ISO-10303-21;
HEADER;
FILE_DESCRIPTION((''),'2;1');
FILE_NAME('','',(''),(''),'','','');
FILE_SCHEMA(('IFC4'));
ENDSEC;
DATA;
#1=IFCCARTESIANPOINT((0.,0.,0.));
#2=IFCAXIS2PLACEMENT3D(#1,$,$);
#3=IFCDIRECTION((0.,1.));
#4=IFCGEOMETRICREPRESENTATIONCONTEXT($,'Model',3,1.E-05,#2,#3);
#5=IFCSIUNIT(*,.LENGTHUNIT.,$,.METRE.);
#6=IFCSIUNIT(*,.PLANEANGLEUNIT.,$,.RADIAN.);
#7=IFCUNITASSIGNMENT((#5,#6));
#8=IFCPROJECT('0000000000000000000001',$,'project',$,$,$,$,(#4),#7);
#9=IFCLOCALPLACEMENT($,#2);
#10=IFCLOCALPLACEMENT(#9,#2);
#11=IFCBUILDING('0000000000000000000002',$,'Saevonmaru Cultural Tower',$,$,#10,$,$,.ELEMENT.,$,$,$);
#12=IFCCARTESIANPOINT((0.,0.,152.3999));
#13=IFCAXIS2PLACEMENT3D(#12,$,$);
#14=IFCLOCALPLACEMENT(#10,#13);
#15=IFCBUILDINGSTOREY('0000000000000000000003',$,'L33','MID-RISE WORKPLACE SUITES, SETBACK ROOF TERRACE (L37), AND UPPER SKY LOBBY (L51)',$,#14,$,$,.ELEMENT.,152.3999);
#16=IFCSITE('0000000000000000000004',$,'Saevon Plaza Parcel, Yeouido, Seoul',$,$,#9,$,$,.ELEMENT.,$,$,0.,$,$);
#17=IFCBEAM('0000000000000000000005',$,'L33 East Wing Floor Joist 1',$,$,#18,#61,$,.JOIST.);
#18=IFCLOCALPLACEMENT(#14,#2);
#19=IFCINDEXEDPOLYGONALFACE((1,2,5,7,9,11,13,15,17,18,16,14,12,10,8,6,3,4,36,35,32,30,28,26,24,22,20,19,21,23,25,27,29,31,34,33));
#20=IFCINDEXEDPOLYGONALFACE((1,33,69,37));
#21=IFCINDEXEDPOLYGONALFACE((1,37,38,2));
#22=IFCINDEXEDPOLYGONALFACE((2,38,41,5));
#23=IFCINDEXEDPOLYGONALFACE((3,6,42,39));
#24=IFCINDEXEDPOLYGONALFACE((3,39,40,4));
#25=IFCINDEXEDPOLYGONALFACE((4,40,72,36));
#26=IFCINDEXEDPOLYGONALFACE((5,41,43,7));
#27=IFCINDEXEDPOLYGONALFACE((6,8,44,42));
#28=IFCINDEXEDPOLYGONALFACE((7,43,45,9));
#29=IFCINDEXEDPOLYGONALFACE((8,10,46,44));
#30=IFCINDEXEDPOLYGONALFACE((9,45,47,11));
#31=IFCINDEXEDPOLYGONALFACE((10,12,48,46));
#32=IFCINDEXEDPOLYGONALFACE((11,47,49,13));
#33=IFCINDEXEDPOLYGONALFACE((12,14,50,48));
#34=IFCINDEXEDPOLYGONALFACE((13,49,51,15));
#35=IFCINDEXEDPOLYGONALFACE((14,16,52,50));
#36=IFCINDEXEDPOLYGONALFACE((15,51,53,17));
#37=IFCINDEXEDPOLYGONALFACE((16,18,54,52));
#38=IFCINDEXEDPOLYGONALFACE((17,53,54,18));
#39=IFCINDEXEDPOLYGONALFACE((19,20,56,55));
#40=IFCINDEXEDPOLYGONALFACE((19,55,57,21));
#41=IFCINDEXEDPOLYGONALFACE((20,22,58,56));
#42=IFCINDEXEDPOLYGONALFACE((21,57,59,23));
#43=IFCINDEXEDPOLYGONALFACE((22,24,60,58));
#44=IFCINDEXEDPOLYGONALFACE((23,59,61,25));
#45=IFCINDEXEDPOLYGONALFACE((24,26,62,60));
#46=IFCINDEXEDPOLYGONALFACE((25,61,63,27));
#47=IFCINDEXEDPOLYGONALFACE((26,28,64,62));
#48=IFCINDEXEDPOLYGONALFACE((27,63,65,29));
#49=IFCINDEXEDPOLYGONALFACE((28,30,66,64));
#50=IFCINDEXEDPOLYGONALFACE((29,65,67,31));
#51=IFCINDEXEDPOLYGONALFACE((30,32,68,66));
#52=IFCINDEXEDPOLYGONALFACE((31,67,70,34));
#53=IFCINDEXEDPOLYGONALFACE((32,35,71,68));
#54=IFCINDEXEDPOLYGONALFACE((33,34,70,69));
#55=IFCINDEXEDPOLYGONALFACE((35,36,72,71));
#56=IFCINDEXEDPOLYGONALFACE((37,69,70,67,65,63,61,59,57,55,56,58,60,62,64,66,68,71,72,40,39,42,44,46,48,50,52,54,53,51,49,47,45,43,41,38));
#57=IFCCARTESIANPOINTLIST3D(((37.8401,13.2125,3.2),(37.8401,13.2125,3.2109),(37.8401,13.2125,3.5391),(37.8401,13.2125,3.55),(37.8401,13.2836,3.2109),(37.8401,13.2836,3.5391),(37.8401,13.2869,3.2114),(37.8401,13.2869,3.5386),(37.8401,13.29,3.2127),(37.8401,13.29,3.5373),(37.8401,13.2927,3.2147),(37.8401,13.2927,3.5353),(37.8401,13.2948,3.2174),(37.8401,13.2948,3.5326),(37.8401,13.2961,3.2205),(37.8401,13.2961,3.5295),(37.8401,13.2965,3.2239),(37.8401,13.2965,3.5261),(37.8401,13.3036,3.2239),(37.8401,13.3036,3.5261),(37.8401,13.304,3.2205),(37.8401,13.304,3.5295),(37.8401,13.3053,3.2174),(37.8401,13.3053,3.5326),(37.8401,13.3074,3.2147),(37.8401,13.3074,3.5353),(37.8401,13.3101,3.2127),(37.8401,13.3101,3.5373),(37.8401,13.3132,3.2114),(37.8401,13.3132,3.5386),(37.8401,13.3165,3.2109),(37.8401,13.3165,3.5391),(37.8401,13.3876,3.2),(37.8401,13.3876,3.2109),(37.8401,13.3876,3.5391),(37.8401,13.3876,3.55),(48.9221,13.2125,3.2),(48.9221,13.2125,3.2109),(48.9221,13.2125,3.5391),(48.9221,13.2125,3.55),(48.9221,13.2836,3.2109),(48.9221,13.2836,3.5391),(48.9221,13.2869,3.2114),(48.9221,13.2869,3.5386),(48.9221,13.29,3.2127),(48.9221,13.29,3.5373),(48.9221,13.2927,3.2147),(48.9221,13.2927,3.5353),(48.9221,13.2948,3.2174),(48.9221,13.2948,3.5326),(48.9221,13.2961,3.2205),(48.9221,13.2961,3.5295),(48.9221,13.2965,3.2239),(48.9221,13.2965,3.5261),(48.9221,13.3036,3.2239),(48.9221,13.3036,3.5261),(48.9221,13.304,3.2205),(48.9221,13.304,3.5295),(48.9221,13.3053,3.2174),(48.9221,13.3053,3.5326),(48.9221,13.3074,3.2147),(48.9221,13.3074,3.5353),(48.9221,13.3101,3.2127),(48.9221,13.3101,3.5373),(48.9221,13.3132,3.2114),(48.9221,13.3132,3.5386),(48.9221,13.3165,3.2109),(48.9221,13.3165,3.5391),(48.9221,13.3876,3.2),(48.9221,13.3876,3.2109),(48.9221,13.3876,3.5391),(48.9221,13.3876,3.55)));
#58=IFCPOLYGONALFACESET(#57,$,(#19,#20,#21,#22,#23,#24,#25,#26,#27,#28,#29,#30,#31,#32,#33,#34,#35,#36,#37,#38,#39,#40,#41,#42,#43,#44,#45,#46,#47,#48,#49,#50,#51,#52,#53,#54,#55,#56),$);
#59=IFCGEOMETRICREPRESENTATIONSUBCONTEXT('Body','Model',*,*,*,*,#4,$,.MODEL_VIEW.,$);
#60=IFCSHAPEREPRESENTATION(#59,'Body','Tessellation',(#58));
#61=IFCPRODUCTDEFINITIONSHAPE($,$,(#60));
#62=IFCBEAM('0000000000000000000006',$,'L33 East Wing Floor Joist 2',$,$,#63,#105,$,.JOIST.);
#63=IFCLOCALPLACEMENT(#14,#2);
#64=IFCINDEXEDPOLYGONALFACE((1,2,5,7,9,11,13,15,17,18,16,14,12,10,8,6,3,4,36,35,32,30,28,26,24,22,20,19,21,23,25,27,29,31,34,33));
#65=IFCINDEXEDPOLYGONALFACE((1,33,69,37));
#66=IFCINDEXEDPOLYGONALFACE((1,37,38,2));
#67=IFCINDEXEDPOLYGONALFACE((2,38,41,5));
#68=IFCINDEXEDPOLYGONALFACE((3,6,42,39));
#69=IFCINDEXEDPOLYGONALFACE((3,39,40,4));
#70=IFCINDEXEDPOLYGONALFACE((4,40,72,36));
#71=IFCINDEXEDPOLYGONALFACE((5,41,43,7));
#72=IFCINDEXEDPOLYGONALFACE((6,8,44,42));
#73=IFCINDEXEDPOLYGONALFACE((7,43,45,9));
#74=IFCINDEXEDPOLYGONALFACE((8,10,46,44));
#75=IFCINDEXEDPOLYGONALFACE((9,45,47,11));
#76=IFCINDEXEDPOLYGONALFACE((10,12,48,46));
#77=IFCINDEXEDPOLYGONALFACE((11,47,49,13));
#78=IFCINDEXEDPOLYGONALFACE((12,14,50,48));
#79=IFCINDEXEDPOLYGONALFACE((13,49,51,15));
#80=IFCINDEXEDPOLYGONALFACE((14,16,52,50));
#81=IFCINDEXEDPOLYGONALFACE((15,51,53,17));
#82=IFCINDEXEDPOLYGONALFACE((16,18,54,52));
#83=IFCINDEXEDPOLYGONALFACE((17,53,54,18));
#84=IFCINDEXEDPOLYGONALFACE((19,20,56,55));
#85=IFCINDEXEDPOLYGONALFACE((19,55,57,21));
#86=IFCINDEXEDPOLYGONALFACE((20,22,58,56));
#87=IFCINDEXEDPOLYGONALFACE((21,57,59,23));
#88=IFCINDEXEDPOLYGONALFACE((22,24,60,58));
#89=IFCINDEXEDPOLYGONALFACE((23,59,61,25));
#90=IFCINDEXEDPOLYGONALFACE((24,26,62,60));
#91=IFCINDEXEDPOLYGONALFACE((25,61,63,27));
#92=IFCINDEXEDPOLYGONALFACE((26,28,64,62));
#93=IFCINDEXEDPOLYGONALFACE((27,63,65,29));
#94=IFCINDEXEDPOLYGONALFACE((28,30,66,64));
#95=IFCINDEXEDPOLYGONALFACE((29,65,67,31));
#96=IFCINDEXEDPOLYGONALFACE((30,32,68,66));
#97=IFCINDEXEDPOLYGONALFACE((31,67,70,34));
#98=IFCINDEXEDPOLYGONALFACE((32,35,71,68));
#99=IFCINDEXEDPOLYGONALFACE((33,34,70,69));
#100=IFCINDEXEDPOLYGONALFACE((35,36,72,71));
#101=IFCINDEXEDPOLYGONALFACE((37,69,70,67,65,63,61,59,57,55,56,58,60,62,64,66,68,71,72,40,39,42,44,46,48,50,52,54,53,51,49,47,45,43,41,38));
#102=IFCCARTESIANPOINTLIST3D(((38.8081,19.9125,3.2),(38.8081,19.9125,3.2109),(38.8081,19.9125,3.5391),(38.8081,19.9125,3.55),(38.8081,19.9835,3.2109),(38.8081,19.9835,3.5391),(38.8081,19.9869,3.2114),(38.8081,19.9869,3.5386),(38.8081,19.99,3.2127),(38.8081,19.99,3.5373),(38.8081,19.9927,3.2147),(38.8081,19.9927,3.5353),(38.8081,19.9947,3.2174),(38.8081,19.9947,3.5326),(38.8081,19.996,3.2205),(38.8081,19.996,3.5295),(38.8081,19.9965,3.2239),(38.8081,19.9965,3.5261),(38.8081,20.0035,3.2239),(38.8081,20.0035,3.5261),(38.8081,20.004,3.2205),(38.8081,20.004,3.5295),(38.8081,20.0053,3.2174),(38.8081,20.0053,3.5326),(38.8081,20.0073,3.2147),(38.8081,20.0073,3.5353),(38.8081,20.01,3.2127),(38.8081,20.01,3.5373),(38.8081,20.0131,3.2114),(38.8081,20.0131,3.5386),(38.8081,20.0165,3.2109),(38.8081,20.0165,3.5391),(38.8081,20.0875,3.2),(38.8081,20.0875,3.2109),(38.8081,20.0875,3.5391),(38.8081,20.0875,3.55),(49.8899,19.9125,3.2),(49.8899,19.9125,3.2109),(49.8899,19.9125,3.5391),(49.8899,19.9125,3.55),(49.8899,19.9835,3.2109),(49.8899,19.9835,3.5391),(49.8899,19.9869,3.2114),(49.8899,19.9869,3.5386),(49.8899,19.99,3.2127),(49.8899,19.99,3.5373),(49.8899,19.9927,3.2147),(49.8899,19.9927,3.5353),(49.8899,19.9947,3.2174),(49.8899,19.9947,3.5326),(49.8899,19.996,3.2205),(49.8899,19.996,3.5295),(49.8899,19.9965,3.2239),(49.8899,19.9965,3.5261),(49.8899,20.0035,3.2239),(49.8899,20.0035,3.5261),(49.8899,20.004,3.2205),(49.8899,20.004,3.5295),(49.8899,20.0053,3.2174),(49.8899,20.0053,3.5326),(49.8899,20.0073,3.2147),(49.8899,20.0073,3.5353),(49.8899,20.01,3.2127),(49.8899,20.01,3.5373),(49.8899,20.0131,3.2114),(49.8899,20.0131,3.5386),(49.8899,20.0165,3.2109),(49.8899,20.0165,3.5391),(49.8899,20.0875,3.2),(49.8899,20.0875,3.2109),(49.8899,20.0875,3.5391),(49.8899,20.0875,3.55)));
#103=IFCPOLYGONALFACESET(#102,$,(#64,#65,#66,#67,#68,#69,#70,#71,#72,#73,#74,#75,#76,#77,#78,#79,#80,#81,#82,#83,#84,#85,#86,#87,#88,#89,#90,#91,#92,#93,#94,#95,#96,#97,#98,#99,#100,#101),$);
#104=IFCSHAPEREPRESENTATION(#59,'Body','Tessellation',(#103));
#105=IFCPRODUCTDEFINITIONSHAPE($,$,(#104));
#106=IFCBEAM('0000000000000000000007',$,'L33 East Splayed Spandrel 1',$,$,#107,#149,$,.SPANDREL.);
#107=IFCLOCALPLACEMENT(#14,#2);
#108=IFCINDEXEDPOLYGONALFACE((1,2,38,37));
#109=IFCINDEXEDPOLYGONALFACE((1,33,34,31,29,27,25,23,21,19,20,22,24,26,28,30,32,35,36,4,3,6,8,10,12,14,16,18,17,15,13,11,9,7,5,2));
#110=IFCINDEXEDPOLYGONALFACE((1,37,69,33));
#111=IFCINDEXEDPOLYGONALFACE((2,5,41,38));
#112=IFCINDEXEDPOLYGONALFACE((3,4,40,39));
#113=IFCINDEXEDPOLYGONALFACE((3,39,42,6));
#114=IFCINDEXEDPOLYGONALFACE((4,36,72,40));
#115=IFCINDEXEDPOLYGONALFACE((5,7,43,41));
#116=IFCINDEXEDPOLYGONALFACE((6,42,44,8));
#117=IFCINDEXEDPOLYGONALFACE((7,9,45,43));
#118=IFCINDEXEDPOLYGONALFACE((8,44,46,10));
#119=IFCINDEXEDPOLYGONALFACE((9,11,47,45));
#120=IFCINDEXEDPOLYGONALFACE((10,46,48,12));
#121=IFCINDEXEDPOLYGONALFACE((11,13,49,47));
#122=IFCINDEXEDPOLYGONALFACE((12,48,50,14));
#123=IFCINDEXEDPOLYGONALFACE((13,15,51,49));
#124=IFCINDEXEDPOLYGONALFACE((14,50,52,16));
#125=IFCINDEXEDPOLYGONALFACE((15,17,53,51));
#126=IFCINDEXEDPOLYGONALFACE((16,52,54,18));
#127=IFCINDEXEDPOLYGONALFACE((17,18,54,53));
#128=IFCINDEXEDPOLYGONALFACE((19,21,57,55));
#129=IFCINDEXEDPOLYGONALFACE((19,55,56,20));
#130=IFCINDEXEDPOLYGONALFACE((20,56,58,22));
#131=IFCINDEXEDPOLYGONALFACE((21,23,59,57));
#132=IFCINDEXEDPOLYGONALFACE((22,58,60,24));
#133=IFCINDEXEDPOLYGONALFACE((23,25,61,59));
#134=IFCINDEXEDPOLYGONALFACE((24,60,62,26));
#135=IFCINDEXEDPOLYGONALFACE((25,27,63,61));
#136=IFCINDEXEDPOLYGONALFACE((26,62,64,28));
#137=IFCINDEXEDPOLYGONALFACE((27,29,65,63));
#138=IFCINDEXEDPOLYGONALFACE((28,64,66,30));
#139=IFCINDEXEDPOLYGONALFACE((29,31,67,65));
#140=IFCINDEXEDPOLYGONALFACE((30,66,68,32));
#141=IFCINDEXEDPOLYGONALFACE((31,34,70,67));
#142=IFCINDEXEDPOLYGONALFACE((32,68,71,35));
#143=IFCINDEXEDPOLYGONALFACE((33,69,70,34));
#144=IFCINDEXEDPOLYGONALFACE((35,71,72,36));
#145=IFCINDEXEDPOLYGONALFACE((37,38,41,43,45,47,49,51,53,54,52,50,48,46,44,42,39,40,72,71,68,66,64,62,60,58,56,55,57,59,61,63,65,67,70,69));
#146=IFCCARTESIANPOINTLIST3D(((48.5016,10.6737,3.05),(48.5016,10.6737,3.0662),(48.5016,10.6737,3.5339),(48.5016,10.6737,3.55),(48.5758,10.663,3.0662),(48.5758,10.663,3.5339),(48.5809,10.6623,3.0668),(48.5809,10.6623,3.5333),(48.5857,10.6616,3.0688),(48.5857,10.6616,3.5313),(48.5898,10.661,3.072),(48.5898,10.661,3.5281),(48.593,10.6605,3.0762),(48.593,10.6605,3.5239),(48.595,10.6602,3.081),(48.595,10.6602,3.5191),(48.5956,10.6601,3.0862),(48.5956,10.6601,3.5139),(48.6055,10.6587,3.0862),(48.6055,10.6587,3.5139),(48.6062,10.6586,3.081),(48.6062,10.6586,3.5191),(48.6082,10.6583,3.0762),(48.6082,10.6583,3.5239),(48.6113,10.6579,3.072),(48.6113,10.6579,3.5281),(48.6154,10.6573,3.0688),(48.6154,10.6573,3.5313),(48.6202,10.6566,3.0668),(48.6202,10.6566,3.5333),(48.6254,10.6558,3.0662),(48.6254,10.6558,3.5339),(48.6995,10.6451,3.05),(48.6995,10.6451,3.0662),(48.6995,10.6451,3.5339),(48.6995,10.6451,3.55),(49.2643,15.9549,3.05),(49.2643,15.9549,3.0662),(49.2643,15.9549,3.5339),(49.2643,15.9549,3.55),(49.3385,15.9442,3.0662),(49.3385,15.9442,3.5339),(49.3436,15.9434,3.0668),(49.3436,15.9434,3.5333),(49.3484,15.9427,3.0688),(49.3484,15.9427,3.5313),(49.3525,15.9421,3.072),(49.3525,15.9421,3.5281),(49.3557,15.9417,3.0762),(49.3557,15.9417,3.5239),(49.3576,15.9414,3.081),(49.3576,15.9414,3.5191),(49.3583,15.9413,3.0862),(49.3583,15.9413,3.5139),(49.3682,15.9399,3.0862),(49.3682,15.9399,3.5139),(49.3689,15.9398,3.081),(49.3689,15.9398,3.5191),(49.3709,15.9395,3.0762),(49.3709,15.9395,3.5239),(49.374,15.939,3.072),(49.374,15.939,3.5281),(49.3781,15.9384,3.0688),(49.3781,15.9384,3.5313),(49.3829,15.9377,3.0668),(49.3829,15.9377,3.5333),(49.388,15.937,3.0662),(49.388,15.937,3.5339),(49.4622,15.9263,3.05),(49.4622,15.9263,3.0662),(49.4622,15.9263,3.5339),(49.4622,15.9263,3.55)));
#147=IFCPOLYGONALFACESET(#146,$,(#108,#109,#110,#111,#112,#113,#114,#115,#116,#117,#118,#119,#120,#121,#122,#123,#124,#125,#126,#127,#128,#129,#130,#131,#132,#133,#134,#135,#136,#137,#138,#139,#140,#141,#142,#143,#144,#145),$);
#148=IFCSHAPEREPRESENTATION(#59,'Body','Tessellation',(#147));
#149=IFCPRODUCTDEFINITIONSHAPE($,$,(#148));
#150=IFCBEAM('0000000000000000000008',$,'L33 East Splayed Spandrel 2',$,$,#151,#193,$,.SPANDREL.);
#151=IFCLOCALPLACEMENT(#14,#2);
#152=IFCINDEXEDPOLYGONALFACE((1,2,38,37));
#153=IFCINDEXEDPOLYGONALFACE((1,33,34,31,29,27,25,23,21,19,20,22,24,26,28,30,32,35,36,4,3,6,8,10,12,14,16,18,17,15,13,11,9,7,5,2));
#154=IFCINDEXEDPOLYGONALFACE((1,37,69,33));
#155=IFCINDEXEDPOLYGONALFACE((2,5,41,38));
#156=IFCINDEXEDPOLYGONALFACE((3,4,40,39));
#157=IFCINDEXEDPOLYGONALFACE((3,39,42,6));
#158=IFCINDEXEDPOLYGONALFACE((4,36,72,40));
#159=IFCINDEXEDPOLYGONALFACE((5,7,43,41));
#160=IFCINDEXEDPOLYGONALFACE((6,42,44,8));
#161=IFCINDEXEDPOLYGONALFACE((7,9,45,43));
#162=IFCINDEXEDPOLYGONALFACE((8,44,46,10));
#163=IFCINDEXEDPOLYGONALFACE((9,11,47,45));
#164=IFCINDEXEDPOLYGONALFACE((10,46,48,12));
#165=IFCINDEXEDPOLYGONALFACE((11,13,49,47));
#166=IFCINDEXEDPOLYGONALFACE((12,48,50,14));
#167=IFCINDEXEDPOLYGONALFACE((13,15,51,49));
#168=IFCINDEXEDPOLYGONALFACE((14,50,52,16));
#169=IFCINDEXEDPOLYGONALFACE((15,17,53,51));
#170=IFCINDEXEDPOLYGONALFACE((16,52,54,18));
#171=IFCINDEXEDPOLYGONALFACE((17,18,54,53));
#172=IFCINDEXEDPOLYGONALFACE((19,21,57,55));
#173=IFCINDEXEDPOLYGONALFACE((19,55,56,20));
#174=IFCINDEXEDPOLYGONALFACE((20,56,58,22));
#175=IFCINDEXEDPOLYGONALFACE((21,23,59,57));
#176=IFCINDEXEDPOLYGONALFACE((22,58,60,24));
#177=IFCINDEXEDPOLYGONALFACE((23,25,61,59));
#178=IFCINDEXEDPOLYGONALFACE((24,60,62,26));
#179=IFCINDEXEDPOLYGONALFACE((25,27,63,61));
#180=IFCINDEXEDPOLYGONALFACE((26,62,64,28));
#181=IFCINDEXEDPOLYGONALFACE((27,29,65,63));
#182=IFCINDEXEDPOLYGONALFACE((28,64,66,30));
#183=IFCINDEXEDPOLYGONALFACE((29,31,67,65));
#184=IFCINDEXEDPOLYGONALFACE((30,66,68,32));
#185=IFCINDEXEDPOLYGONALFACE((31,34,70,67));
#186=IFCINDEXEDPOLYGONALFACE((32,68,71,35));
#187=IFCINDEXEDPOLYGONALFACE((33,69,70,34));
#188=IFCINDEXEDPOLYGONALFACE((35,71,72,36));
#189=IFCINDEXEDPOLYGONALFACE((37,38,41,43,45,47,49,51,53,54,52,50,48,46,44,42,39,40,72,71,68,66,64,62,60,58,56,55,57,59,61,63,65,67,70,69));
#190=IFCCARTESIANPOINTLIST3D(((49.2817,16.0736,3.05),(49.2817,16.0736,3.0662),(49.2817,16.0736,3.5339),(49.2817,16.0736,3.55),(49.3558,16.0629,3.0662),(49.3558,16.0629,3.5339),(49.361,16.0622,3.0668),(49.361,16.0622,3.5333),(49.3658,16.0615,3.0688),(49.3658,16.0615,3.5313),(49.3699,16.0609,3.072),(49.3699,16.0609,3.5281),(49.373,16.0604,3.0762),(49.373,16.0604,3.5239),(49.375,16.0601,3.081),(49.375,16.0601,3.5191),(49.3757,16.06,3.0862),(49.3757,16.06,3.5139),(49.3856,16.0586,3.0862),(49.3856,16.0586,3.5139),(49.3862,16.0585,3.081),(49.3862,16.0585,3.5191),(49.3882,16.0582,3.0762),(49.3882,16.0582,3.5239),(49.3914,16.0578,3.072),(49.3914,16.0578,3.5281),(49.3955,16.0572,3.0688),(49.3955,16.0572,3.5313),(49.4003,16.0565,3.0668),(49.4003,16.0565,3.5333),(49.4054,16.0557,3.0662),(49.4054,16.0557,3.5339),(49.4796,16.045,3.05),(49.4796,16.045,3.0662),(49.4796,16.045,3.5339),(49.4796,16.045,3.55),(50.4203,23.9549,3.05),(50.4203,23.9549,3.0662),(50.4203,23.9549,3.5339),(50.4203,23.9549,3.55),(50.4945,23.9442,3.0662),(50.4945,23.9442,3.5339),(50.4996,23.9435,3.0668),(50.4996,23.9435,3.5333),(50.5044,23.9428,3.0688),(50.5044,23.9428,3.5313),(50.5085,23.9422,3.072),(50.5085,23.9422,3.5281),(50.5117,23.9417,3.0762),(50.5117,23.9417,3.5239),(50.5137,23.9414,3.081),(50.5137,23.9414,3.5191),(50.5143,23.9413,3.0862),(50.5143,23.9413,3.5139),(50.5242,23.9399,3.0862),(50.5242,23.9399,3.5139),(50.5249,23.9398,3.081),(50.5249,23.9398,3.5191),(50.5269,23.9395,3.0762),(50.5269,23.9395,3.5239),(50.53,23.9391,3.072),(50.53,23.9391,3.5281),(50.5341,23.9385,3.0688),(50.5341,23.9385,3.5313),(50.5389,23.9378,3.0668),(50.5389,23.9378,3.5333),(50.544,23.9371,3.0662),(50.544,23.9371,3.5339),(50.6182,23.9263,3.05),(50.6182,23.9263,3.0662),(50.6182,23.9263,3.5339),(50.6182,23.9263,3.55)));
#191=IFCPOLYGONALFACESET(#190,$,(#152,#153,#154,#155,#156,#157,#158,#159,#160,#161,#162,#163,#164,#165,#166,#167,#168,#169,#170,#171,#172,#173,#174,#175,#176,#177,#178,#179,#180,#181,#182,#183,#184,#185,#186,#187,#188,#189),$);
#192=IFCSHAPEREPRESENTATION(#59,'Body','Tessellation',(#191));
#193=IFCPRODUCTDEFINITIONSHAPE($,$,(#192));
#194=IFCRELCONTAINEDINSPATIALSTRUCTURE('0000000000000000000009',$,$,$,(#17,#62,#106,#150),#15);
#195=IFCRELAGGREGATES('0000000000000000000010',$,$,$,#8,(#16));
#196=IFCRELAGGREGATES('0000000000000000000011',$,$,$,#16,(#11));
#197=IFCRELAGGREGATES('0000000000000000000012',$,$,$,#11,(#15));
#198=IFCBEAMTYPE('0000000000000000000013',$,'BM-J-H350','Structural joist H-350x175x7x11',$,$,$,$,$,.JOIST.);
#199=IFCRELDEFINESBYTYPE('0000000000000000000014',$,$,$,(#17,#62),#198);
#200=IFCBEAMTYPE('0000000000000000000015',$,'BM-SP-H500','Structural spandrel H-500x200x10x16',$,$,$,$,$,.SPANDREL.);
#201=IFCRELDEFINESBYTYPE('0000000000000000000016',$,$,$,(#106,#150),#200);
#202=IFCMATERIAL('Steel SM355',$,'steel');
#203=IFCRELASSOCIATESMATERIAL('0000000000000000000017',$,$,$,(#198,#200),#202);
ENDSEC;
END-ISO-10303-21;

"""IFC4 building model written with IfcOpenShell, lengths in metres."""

from ifc_helpers import new_model, si_unit, direction, frame, origin, origin_2d, place, context, subcontext, project, spatial, i_section, extrude, material, material_profile, profile_set, type_object, element, save


model = new_model("IFC4")

# Units and contexts
model_context = context("Model", 3, precision=1e-05, world=origin(), true_north=direction((0.0, 1.0)))
body_context = subcontext(model_context, "Body", "Model", "MODEL_VIEW")
ifc_project = project(units=[si_unit("LENGTHUNIT", "METRE"), si_unit("PLANEANGLEUNIT", "RADIAN")], contexts=[model_context])

# Site, building, storey
site_placement = place(None, origin())
site = spatial("IfcSite", under=ifc_project, at=site_placement, Name="Saevon Plaza Parcel, Yeouido, Seoul", CompositionType="ELEMENT", RefElevation=0.0)
building_placement = place(site_placement, origin())
building = spatial("IfcBuilding", under=site, at=building_placement, Name="Saevonmaru Cultural Tower", CompositionType="ELEMENT")
storey_placement = place(building_placement, frame((0.0, 0.0, 152.3999)))
storey = spatial("IfcBuildingStorey", under=building, at=storey_placement, Name="L33", Description="MID-RISE WORKPLACE SUITES, SETBACK ROOF TERRACE (L37), AND UPPER SKY LOBBY (L51)", CompositionType="ELEMENT", Elevation=152.3999)

# Shared definitions
ifc_material_1 = material(Name="Steel SM355", Category="steel")

# Beams
ifc_material_profile_1 = material_profile(ifc_material_1, i_section(OverallWidth=0.175, OverallDepth=0.3501, WebThickness=0.0071, FlangeThickness=0.011, FilletRadius=0.0129, at=origin_2d()), Name="H-350x175x7x11")
ifc_profile_set_1 = profile_set([ifc_material_profile_1], Name="Steel SM355")
beam_type_1 = type_object("IfcBeamType", Name="BM-J-H350", Description="Structural joist H-350x175x7x11", PredefinedType="JOIST", material=ifc_profile_set_1)
beam_1_placement = place(storey_placement, frame((37.8401, 13.3, 3.375), z_axis=(1.0, 0.0, 0.0), x_axis=(0.0, 1.0, 0.0)))
element("IfcBeam", 1, at=beam_1_placement, inside=storey, type_object=beam_type_1, Name="L33 East Wing Floor Joist 1", PredefinedType="JOIST", context=body_context, shape_type="SweptSolid", body=[
    extrude(i_section(OverallWidth=0.175, OverallDepth=0.3501, WebThickness=0.0071, FlangeThickness=0.011, FilletRadius=0.0129, at=origin_2d()), origin(), (0.0, 0.0, 1.0), 11.082),
])
beam_2_placement = place(storey_placement, frame((38.8081, 20.0, 3.375), z_axis=(1.0, 0.0, 0.0), x_axis=(0.0, 1.0, 0.0)))
element("IfcBeam", 2, at=beam_2_placement, inside=storey, type_object=beam_type_1, Name="L33 East Wing Floor Joist 2", PredefinedType="JOIST", context=body_context, shape_type="SweptSolid", body=[
    extrude(i_section(OverallWidth=0.175, OverallDepth=0.3501, WebThickness=0.0071, FlangeThickness=0.011, FilletRadius=0.0129, at=origin_2d()), origin(), (0.0, 0.0, 1.0), 11.0818),
])
ifc_material_profile_2 = material_profile(ifc_material_1, i_section(OverallWidth=0.2, OverallDepth=0.5, WebThickness=0.01, FlangeThickness=0.0161, FilletRadius=0.02, at=origin_2d()), Name="H-500x200x10x16")
ifc_profile_set_2 = profile_set([ifc_material_profile_2], Name="Steel SM355")
beam_type_2 = type_object("IfcBeamType", Name="BM-SP-H500", Description="Structural spandrel H-500x200x10x16", PredefinedType="SPANDREL", material=ifc_profile_set_2)
beam_3_placement = place(storey_placement, frame((48.6006, 10.6594, 3.3), z_axis=(0.142933, 0.989732, 0.0), x_axis=(-0.989732, 0.142933, 0.0)))
element("IfcBeam", 3, at=beam_3_placement, inside=storey, type_object=beam_type_2, Name="L33 East Splayed Spandrel 1", PredefinedType="SPANDREL", context=body_context, shape_type="SweptSolid", body=[
    extrude(i_section(OverallWidth=0.2, OverallDepth=0.5, WebThickness=0.01, FlangeThickness=0.0161, FilletRadius=0.02, at=origin_2d()), origin(), (0.0, 0.0, 1.0), 5.3359),
])
beam_4_placement = place(storey_placement, frame((49.3806, 16.0593, 3.3), z_axis=(0.142992, 0.989724, 0.0), x_axis=(-0.989724, 0.142992, 0.0)))
element("IfcBeam", 4, at=beam_4_placement, inside=storey, type_object=beam_type_2, Name="L33 East Splayed Spandrel 2", PredefinedType="SPANDREL", context=body_context, shape_type="SweptSolid", body=[
    extrude(i_section(OverallWidth=0.2, OverallDepth=0.5, WebThickness=0.01, FlangeThickness=0.0161, FilletRadius=0.02, at=origin_2d()), origin(), (0.0, 0.0, 1.0), 7.9631),
])

save(model, "model.ifc")
